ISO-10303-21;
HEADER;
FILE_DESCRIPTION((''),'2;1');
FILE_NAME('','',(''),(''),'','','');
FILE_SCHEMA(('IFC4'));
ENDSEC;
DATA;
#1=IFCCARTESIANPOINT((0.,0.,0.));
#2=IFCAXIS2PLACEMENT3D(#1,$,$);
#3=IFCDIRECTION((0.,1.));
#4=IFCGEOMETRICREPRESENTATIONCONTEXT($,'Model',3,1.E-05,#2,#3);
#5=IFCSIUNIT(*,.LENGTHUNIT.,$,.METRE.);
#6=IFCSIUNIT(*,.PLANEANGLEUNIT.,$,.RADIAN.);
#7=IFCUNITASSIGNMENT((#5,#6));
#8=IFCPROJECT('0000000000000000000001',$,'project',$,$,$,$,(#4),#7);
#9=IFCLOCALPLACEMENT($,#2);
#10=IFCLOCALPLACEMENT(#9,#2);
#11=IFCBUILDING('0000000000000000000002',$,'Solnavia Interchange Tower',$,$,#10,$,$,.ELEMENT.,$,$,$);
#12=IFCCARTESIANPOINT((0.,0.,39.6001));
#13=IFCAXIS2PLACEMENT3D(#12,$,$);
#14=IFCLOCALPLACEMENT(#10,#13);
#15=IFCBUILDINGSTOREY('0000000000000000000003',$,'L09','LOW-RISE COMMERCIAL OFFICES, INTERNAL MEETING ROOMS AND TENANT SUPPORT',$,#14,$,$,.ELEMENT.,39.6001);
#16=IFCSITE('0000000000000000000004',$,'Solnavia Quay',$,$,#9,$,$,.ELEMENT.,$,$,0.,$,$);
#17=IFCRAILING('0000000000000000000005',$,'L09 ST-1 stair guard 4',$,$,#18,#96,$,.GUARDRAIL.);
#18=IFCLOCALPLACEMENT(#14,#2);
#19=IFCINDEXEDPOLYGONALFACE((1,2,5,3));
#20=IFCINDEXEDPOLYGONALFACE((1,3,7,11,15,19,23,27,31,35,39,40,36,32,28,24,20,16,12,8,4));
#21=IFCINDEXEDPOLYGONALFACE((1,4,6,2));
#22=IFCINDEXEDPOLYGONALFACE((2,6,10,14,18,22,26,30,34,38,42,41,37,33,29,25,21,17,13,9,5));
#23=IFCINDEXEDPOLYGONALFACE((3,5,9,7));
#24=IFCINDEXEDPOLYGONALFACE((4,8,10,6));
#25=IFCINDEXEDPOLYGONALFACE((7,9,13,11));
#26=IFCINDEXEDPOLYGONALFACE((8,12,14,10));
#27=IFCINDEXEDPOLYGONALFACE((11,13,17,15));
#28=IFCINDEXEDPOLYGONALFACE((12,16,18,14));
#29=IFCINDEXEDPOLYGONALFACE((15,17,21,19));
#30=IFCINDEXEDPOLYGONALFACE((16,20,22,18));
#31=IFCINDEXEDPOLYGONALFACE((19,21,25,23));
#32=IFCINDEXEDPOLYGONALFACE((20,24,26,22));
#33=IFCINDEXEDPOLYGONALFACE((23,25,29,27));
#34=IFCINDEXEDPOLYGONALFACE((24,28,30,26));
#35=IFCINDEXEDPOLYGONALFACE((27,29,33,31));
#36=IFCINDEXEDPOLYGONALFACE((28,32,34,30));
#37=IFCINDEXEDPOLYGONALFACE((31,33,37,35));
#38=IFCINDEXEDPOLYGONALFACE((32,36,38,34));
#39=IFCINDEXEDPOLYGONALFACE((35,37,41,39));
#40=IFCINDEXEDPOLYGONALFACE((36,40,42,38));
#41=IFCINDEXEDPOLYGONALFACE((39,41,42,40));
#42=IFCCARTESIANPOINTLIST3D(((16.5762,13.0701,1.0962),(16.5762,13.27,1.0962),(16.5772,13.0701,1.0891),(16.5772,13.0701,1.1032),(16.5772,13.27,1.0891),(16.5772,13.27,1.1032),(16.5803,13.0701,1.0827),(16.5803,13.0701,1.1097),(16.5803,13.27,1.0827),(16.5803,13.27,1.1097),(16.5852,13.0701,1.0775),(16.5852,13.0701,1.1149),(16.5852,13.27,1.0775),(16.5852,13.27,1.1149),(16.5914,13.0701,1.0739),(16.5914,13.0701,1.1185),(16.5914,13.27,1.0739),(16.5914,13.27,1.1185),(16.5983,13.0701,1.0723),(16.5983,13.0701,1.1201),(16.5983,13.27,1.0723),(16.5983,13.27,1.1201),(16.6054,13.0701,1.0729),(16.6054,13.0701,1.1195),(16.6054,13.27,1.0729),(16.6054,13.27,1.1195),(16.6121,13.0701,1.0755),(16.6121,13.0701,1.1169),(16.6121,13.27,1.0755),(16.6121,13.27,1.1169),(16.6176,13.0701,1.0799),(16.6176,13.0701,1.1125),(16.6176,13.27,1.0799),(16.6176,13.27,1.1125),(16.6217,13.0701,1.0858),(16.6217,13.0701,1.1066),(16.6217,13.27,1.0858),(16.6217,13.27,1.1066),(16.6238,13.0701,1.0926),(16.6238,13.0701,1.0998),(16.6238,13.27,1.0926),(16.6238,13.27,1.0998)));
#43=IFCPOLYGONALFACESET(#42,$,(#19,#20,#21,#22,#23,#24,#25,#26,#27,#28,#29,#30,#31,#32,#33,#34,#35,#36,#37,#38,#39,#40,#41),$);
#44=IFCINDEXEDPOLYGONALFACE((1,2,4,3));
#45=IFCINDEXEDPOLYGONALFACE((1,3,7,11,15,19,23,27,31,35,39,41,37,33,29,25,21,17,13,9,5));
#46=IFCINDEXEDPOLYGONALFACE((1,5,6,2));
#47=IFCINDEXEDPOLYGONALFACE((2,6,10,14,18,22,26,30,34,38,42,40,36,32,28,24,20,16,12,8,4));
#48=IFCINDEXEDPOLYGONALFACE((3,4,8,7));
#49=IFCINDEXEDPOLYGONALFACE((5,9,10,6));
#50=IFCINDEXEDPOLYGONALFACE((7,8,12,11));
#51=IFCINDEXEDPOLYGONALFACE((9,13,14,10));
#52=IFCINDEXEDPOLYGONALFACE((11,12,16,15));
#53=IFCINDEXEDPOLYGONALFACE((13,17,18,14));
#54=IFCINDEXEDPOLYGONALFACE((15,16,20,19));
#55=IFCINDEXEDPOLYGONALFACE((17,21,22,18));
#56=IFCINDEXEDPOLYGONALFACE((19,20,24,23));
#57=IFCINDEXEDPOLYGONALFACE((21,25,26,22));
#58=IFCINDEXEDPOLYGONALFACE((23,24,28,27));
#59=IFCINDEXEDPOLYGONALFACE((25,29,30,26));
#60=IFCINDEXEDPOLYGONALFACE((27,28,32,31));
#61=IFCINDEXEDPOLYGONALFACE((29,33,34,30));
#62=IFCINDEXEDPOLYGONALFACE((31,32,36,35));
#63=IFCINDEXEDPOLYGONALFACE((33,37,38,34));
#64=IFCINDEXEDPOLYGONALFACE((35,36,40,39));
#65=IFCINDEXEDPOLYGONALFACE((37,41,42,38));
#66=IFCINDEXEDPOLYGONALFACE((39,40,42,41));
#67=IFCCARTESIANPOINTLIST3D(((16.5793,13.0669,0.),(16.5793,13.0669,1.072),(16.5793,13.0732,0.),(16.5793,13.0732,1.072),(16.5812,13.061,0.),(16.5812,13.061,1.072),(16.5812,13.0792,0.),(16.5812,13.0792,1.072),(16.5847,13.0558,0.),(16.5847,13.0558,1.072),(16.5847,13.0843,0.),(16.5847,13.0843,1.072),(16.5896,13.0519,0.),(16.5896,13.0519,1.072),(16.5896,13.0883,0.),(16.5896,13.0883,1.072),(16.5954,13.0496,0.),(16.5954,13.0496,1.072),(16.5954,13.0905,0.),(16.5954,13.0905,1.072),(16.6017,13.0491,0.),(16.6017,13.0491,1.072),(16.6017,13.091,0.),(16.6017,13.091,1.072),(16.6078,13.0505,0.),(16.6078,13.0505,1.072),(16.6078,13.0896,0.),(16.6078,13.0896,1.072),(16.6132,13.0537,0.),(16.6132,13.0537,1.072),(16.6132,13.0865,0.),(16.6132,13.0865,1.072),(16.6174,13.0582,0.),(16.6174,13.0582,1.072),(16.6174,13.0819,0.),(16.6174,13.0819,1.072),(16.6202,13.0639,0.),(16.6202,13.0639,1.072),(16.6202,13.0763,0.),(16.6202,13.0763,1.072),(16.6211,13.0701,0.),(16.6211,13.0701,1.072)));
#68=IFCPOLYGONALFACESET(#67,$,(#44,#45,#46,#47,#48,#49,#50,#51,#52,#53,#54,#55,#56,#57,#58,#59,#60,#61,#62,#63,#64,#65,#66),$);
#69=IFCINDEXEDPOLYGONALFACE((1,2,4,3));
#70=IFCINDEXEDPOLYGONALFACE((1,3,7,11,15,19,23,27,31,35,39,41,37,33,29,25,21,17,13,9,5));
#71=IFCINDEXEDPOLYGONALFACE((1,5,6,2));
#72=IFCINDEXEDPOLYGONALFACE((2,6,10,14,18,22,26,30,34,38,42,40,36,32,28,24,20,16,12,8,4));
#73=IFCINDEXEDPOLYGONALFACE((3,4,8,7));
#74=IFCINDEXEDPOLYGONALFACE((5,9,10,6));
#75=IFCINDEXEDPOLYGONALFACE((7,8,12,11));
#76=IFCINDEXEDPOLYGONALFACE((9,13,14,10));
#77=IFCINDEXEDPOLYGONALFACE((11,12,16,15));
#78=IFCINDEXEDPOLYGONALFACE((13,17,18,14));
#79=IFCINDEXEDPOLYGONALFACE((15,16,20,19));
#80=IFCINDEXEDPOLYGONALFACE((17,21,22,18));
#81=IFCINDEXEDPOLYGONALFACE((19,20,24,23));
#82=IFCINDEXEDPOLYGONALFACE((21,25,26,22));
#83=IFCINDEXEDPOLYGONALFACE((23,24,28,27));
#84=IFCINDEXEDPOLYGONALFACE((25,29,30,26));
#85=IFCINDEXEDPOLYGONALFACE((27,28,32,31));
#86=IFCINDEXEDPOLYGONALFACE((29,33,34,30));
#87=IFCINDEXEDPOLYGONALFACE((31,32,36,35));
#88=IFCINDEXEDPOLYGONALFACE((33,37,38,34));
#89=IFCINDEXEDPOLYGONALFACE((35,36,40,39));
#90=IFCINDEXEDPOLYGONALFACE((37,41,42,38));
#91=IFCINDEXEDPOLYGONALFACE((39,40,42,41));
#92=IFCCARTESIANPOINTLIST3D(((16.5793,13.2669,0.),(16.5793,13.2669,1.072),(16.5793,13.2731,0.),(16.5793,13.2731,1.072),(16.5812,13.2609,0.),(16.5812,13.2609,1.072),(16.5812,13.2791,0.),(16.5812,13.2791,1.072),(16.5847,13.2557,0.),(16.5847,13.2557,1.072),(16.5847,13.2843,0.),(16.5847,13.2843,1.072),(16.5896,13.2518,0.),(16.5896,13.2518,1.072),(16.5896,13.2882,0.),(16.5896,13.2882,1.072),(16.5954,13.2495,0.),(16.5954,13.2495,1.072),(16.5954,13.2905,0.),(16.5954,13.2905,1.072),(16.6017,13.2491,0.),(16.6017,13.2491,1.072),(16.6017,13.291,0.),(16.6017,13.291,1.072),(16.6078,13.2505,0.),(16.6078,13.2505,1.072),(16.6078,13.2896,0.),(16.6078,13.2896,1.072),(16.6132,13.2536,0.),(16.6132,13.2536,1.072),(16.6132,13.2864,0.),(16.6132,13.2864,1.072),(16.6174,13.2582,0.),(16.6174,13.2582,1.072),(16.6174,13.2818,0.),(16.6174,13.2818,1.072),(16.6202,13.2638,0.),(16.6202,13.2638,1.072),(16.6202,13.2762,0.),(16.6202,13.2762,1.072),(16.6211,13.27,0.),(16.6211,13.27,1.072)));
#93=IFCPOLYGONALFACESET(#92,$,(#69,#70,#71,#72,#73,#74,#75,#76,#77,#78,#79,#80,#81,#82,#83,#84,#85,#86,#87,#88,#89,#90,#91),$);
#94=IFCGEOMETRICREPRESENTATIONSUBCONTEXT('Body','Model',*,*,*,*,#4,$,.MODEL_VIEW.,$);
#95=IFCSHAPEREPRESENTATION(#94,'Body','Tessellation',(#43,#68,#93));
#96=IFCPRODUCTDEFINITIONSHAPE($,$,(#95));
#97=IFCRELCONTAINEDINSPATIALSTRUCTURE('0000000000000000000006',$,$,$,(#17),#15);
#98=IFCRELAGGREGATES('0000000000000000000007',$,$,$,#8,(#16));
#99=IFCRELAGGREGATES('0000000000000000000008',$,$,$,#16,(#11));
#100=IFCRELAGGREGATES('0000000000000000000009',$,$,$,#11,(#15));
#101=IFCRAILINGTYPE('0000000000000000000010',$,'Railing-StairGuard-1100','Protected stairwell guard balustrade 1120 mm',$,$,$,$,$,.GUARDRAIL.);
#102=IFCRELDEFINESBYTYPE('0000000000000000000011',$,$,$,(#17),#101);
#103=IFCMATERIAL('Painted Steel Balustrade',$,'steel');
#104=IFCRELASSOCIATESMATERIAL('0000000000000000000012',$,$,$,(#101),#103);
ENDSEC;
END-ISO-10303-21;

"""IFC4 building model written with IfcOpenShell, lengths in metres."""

from ifc_helpers import new_model, si_unit, direction, frame, origin, origin_2d, place, context, subcontext, project, spatial, circle, extrude, material, type_object, element, save


model = new_model("IFC4")

# Units and contexts
model_context = context("Model", 3, precision=1e-05, world=origin(), true_north=direction((0.0, 1.0)))
body_context = subcontext(model_context, "Body", "Model", "MODEL_VIEW")
ifc_project = project(units=[si_unit("LENGTHUNIT", "METRE"), si_unit("PLANEANGLEUNIT", "RADIAN")], contexts=[model_context])

# Site, building, storey
site_placement = place(None, origin())
site = spatial("IfcSite", under=ifc_project, at=site_placement, Name="Solnavia Quay", CompositionType="ELEMENT", RefElevation=0.0)
building_placement = place(site_placement, origin())
building = spatial("IfcBuilding", under=site, at=building_placement, Name="Solnavia Interchange Tower", CompositionType="ELEMENT")
storey_placement = place(building_placement, frame((0.0, 0.0, 39.6001)))
storey = spatial("IfcBuildingStorey", under=building, at=storey_placement, Name="L09", Description="LOW-RISE COMMERCIAL OFFICES, INTERNAL MEETING ROOMS AND TENANT SUPPORT", CompositionType="ELEMENT", Elevation=39.6001)

# Railing
ifc_material_1 = material(Name="Painted Steel Balustrade", Category="steel")
railing_type_1 = type_object("IfcRailingType", Name="Railing-StairGuard-1100", Description="Protected stairwell guard balustrade 1120 mm", PredefinedType="GUARDRAIL", material=ifc_material_1)
railing_1_placement = place(storey_placement, frame((16.6001, 13.0701, 0.0)))
element("IfcRailing", 1, at=railing_1_placement, inside=storey, type_object=railing_type_1, Name="L09 ST-1 stair guard 4", PredefinedType="GUARDRAIL", context=body_context, shape_type="SweptSolid", body=[
    extrude(circle(Radius=0.0239, at=origin_2d()), frame((0.0, 0.0, 1.0962), z_axis=(0.0, 1.0, 0.0), x_axis=(-1.0, 0.0, 0.0)), (0.0, 0.0, 1.0), 0.2),
    extrude(circle(Radius=0.021, at=origin_2d()), origin(), (0.0, 0.0, 1.0), 1.072),
    extrude(circle(Radius=0.021, at=origin_2d()), frame((0.0, 0.2, 0.0)), (0.0, 0.0, 1.0), 1.072),
])

save(model, "model.ifc")
